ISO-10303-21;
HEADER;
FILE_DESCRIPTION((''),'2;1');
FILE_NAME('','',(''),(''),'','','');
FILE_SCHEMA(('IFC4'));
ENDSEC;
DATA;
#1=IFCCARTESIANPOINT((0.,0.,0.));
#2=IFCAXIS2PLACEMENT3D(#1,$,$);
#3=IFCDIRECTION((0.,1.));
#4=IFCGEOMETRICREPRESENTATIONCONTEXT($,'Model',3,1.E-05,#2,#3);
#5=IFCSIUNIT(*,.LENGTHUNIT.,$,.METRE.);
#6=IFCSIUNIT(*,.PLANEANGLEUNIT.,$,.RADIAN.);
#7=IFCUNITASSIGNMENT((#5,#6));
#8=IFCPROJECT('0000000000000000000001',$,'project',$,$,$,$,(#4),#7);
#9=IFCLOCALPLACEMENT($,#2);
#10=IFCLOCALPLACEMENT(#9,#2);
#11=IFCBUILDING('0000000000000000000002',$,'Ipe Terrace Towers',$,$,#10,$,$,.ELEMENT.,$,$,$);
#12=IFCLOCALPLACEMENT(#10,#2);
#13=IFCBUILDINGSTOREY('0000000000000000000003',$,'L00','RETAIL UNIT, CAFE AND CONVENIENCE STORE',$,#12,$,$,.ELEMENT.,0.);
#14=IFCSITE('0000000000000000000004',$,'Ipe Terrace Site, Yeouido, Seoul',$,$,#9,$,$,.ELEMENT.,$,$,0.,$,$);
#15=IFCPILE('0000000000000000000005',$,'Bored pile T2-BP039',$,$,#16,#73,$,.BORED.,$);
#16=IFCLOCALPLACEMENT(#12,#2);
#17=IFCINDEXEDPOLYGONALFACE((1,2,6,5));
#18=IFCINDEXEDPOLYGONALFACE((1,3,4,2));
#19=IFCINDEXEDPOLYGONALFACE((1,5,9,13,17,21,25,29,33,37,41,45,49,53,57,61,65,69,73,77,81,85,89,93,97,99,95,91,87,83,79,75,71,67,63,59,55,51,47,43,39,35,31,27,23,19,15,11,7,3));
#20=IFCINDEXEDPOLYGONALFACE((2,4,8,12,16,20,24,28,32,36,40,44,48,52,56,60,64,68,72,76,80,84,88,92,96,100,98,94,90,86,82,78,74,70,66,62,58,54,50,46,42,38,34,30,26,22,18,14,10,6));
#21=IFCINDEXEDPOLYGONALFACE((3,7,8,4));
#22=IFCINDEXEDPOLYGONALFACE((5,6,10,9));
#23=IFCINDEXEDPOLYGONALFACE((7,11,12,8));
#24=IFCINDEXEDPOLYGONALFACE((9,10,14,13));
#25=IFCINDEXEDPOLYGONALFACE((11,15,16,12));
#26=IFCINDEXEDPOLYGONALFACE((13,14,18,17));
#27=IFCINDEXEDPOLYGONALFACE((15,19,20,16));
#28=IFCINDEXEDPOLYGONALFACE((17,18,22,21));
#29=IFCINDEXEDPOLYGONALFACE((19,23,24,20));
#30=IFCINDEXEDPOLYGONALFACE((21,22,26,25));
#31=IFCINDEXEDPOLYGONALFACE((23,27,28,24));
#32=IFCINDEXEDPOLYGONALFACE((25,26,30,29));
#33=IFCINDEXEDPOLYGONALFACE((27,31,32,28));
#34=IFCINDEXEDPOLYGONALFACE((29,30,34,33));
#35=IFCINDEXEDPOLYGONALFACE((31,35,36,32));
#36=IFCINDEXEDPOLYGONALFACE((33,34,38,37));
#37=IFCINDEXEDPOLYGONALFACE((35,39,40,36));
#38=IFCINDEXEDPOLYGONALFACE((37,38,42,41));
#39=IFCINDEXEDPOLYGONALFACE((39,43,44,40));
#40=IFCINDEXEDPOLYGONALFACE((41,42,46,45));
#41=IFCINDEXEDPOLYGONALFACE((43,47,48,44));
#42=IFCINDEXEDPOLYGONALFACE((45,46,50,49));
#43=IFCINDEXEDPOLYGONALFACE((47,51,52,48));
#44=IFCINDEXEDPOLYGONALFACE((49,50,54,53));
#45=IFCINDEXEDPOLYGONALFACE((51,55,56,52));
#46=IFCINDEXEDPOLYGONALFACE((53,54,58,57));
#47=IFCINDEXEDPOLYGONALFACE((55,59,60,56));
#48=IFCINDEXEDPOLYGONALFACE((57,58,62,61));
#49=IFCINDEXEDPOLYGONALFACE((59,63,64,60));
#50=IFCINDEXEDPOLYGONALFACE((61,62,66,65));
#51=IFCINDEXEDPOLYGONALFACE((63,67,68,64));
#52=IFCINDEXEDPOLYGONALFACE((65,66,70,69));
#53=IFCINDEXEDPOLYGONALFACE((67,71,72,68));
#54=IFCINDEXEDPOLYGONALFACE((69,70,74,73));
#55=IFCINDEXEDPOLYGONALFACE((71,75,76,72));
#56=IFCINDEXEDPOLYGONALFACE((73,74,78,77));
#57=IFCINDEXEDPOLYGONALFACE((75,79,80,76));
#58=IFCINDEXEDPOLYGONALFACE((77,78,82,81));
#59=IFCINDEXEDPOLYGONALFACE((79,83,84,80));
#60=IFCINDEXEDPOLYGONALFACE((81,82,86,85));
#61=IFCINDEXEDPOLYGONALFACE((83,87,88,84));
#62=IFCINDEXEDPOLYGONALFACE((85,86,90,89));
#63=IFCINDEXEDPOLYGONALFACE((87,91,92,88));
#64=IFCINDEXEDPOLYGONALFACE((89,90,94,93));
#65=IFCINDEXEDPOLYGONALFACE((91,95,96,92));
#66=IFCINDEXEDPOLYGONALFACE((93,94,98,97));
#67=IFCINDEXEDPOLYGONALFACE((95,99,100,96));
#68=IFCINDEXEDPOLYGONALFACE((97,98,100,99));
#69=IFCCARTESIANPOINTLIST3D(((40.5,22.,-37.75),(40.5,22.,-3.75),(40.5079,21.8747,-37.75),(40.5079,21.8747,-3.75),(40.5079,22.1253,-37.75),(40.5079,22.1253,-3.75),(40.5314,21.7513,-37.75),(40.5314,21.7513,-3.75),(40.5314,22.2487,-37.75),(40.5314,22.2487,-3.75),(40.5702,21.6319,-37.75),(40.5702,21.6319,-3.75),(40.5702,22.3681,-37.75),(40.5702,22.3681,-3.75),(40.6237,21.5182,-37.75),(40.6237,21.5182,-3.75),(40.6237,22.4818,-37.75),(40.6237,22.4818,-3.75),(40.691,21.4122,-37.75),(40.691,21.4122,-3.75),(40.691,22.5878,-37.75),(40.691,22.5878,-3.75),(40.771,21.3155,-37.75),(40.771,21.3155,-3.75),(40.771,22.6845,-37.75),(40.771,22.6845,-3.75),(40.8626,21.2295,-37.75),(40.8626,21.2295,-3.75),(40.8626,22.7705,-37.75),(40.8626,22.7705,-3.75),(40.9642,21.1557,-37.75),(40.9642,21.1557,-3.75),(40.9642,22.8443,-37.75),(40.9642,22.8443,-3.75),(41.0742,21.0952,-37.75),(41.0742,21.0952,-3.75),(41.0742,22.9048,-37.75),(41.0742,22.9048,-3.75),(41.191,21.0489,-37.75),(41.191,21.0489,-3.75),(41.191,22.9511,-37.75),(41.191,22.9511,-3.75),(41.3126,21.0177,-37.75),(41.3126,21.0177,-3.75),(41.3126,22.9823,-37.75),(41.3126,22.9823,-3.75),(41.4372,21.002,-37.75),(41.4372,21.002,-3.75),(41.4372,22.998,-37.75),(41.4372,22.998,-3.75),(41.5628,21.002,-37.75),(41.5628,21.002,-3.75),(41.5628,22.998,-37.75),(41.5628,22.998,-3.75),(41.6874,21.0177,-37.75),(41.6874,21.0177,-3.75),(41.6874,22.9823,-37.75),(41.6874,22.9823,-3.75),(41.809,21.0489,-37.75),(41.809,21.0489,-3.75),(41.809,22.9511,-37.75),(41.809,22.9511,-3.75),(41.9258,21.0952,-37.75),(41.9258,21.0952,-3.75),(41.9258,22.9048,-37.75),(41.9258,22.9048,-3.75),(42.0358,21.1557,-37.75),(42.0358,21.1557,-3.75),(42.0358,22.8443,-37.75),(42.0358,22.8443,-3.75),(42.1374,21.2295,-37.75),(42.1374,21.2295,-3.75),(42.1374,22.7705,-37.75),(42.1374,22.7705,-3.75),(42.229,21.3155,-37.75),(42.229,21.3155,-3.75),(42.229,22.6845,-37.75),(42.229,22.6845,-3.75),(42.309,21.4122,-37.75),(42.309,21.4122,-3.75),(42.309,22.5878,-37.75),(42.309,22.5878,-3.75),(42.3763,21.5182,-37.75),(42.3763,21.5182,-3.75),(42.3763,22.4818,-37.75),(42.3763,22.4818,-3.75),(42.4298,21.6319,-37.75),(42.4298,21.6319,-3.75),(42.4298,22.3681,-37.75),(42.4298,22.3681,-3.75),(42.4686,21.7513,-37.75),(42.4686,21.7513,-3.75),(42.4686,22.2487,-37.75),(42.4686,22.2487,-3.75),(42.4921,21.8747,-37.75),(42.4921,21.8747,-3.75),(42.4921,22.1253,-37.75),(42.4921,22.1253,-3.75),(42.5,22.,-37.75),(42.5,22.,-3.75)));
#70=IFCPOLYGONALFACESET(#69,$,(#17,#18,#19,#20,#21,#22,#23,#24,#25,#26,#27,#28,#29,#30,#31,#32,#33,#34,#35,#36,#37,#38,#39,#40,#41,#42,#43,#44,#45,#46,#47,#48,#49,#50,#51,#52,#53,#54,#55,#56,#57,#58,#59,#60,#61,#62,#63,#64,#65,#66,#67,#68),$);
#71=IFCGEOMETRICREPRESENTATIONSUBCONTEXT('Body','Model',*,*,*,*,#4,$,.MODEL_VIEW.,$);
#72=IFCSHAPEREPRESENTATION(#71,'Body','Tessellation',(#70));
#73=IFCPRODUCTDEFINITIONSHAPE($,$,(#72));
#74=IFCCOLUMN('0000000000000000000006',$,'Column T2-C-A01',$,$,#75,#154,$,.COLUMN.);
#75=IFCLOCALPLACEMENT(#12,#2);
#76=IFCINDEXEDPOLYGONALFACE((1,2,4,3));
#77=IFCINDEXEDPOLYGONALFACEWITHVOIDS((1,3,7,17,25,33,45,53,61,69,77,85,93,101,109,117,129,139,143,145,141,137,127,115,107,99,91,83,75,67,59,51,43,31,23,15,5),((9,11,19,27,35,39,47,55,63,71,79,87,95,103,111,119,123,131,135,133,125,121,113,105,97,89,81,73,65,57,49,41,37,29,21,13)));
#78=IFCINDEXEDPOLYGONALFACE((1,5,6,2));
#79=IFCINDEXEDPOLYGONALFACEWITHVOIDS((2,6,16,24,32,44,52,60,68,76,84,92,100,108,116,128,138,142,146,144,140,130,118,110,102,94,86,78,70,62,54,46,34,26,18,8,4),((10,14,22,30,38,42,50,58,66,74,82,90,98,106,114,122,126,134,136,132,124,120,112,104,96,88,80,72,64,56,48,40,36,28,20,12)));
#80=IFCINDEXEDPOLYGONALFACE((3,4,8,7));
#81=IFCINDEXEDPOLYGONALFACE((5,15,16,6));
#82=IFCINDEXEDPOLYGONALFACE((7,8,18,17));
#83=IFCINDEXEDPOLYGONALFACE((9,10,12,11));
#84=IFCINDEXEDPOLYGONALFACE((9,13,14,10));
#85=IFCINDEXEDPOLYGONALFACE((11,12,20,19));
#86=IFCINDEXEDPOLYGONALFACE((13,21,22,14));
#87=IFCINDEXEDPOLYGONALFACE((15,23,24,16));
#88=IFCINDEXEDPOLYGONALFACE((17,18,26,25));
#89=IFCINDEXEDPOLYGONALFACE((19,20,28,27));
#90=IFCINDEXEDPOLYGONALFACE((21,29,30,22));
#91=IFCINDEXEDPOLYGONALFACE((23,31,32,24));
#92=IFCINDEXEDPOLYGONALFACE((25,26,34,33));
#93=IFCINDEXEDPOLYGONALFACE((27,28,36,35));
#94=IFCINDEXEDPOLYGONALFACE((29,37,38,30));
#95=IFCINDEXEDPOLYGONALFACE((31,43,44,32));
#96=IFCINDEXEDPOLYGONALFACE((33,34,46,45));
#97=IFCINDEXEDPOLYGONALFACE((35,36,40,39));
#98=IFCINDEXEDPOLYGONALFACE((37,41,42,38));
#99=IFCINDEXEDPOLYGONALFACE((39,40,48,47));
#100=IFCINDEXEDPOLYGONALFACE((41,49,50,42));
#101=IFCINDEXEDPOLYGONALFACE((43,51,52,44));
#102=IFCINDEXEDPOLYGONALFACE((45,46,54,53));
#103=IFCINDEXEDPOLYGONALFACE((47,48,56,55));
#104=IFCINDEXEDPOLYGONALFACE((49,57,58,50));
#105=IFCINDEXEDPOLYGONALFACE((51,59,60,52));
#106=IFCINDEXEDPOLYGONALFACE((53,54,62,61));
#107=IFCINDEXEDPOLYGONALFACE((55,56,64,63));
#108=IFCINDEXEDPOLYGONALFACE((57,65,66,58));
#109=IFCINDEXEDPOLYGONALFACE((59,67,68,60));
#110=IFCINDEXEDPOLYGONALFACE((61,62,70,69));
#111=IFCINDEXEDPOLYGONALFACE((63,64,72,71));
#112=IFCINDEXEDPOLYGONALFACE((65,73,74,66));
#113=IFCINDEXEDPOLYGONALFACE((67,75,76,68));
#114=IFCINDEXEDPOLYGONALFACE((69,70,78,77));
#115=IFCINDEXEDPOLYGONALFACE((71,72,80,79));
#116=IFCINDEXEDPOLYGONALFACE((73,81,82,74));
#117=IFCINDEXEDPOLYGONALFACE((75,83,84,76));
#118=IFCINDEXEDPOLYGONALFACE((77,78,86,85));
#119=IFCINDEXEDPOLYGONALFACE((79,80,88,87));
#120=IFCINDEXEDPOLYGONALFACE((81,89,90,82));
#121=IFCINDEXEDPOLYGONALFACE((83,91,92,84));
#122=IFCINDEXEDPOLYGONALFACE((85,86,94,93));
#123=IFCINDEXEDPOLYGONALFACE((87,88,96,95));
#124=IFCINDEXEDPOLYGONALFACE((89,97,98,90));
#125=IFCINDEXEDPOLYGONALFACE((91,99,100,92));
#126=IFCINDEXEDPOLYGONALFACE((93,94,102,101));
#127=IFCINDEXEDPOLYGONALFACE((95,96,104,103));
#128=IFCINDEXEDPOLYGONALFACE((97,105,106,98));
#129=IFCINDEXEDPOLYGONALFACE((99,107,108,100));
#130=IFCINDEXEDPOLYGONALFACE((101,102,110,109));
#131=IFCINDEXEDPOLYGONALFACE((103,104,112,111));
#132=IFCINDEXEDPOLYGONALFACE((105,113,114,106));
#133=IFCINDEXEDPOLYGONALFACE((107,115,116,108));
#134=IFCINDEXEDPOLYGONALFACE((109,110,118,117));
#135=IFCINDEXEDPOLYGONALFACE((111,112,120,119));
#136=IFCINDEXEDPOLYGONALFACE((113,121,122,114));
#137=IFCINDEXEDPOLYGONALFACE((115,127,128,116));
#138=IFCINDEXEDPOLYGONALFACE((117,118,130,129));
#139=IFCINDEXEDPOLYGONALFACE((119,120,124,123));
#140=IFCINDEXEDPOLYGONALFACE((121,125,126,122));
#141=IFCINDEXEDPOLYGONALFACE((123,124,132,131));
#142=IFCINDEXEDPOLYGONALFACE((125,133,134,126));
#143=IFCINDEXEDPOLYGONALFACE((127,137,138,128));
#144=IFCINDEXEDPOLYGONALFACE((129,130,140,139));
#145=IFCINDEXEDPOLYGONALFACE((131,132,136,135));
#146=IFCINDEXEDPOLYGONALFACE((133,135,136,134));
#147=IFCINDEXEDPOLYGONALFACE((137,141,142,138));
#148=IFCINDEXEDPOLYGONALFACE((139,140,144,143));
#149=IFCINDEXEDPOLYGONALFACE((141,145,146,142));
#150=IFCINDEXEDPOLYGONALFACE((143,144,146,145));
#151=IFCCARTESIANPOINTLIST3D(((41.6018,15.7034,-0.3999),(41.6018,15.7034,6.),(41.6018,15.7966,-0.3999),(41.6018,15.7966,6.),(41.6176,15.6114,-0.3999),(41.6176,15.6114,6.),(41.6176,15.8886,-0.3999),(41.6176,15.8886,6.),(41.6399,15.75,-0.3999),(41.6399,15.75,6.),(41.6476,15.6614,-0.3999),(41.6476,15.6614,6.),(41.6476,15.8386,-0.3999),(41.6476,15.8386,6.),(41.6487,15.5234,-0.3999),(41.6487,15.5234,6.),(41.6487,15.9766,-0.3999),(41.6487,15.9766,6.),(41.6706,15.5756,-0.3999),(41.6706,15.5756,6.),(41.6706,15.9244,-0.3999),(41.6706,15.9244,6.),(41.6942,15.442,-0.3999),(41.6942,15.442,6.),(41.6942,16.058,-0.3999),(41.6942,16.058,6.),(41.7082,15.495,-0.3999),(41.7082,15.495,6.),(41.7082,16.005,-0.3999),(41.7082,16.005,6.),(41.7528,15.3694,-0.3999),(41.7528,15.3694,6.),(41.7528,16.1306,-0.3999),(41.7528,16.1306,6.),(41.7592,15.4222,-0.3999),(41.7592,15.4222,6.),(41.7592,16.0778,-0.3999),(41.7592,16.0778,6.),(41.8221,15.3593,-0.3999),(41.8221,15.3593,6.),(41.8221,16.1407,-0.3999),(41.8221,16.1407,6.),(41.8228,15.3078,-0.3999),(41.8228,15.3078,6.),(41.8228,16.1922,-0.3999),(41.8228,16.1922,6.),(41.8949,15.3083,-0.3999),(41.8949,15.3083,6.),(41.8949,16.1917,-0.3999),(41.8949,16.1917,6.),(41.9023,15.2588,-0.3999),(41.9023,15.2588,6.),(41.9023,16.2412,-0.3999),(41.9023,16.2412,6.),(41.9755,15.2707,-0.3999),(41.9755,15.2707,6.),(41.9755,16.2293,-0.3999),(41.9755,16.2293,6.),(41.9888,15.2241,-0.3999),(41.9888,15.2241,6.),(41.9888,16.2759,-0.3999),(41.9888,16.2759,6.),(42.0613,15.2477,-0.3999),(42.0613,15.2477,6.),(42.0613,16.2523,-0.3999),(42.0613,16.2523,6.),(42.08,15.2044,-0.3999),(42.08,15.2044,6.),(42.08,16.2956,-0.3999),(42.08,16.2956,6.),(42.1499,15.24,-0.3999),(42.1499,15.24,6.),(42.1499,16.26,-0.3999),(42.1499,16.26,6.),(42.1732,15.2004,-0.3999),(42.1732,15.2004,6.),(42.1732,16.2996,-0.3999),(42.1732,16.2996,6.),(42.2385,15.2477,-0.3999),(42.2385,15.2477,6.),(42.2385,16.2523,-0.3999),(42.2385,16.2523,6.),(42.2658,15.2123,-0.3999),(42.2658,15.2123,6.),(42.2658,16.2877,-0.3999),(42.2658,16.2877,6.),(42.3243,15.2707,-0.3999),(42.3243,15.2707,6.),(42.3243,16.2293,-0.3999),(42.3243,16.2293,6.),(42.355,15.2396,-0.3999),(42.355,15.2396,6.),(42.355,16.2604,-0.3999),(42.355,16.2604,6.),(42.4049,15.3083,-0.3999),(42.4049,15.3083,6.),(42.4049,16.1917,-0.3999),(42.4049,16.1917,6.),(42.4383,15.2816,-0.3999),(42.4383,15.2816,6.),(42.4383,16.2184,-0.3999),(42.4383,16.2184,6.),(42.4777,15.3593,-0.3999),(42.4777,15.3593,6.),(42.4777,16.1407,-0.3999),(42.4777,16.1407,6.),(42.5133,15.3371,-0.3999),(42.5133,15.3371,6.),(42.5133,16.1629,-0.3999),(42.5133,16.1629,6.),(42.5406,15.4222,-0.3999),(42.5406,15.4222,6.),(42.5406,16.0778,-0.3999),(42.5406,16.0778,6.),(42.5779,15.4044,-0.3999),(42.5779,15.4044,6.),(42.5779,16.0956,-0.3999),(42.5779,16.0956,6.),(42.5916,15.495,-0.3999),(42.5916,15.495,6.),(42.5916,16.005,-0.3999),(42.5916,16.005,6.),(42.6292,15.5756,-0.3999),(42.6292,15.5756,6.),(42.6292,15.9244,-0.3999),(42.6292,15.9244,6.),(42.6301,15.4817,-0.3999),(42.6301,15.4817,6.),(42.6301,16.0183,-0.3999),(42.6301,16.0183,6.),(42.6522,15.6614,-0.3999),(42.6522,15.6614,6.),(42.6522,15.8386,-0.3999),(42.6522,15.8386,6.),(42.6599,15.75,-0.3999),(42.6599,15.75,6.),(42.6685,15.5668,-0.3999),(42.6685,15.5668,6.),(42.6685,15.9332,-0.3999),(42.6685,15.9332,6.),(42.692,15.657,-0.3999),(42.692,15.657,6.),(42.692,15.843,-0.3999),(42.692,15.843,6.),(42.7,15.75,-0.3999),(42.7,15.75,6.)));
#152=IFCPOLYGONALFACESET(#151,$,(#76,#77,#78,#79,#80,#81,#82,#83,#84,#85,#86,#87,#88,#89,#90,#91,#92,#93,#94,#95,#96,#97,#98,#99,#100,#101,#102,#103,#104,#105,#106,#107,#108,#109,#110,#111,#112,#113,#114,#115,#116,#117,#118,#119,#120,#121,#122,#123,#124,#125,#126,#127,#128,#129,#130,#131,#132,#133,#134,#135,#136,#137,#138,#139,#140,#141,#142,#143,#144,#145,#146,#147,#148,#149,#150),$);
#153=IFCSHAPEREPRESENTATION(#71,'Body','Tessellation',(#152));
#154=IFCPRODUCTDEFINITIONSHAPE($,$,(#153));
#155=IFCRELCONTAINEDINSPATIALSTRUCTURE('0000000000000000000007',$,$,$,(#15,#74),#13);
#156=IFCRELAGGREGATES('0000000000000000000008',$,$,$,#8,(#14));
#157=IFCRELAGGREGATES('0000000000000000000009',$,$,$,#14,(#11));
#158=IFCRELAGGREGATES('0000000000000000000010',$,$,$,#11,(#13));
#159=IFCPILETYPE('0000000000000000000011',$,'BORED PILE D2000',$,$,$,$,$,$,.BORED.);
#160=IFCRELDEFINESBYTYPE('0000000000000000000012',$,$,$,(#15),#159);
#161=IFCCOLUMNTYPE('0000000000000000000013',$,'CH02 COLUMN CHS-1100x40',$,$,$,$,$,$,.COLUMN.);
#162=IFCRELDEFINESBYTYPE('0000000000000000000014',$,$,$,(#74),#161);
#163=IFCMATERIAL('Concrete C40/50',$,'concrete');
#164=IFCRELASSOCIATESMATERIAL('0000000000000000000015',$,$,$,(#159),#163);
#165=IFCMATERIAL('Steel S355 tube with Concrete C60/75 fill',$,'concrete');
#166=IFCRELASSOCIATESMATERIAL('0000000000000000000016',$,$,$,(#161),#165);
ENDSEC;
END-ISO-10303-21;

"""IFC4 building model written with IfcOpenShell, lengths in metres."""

from ifc_helpers import new_model, si_unit, direction, frame, origin, origin_2d, place, context, subcontext, project, spatial, circle, hollow_circle, extrude, material, material_profile, profile_set, type_object, element, save


model = new_model("IFC4")

# Units and contexts
model_context = context("Model", 3, precision=1e-05, world=origin(), true_north=direction((0.0, 1.0)))
body_context = subcontext(model_context, "Body", "Model", "MODEL_VIEW")
ifc_project = project(units=[si_unit("LENGTHUNIT", "METRE"), si_unit("PLANEANGLEUNIT", "RADIAN")], contexts=[model_context])

# Site, building, storey
site_placement = place(None, origin())
site = spatial("IfcSite", under=ifc_project, at=site_placement, Name="Ipe Terrace Site, Yeouido, Seoul", CompositionType="ELEMENT", RefElevation=0.0)
building_placement = place(site_placement, origin())
building = spatial("IfcBuilding", under=site, at=building_placement, Name="Ipe Terrace Towers", CompositionType="ELEMENT")
storey_placement = place(building_placement, origin())
storey = spatial("IfcBuildingStorey", under=building, at=storey_placement, Name="L00", Description="RETAIL UNIT, CAFE AND CONVENIENCE STORE", CompositionType="ELEMENT", Elevation=0.0)

# Pile
ifc_material_1 = material(Name="Concrete C40/50", Category="concrete")
ifc_material_profile_1 = material_profile(ifc_material_1, circle(Radius=1.0, at=origin_2d()), Name="BORED PILE D2000")
ifc_profile_set_1 = profile_set([ifc_material_profile_1], Name="Concrete C40/50")
pile_type = type_object("IfcPileType", Name="BORED PILE D2000", PredefinedType="BORED", material=ifc_profile_set_1)
for number, where, z_axis, x_axis, name in (
    (1, (41.5, 22.0, -3.75), (0.0, 0.0, -1.0), (1.0, 0.0, 0.0), "Bored pile T2-BP039"),
):
    element("IfcPile", number, at=place(storey_placement, frame(where, z_axis=z_axis, x_axis=x_axis)), inside=storey, type_object=pile_type, Name=name, PredefinedType="BORED", context=body_context, shape_type="SweptSolid", body=[
        extrude(circle(Radius=1.0, at=origin_2d()), origin(), (0.0, 0.0, 1.0), 34.0),
    ])

# Column
ifc_material_2 = material(Name="Steel S355 tube with Concrete C60/75 fill", Category="concrete")
ifc_material_profile_2 = material_profile(ifc_material_2, hollow_circle(Radius=0.55, WallThickness=0.04, at=origin_2d()), Name="CHS-1100x40")
ifc_profile_set_2 = profile_set([ifc_material_profile_2], Name="Steel S355 tube with Concrete C60/75 fill")
column_type = type_object("IfcColumnType", Name="CH02 COLUMN CHS-1100x40", PredefinedType="COLUMN", material=ifc_profile_set_2)
for number, where, z_axis, x_axis, name in (
    (2, (42.1499, 15.75, -0.3999), (0.0, 0.0, 1.0), (1.0, 0.0, 0.0), "Column T2-C-A01"),
):
    element("IfcColumn", number, at=place(storey_placement, frame(where, z_axis=z_axis, x_axis=x_axis)), inside=storey, type_object=column_type, Name=name, PredefinedType="COLUMN", context=body_context, shape_type="SweptSolid", body=[
        extrude(hollow_circle(Radius=0.55, WallThickness=0.04, at=origin_2d()), origin(), (0.0, 0.0, 1.0), 6.3999),
    ])

save(model, "model.ifc")
